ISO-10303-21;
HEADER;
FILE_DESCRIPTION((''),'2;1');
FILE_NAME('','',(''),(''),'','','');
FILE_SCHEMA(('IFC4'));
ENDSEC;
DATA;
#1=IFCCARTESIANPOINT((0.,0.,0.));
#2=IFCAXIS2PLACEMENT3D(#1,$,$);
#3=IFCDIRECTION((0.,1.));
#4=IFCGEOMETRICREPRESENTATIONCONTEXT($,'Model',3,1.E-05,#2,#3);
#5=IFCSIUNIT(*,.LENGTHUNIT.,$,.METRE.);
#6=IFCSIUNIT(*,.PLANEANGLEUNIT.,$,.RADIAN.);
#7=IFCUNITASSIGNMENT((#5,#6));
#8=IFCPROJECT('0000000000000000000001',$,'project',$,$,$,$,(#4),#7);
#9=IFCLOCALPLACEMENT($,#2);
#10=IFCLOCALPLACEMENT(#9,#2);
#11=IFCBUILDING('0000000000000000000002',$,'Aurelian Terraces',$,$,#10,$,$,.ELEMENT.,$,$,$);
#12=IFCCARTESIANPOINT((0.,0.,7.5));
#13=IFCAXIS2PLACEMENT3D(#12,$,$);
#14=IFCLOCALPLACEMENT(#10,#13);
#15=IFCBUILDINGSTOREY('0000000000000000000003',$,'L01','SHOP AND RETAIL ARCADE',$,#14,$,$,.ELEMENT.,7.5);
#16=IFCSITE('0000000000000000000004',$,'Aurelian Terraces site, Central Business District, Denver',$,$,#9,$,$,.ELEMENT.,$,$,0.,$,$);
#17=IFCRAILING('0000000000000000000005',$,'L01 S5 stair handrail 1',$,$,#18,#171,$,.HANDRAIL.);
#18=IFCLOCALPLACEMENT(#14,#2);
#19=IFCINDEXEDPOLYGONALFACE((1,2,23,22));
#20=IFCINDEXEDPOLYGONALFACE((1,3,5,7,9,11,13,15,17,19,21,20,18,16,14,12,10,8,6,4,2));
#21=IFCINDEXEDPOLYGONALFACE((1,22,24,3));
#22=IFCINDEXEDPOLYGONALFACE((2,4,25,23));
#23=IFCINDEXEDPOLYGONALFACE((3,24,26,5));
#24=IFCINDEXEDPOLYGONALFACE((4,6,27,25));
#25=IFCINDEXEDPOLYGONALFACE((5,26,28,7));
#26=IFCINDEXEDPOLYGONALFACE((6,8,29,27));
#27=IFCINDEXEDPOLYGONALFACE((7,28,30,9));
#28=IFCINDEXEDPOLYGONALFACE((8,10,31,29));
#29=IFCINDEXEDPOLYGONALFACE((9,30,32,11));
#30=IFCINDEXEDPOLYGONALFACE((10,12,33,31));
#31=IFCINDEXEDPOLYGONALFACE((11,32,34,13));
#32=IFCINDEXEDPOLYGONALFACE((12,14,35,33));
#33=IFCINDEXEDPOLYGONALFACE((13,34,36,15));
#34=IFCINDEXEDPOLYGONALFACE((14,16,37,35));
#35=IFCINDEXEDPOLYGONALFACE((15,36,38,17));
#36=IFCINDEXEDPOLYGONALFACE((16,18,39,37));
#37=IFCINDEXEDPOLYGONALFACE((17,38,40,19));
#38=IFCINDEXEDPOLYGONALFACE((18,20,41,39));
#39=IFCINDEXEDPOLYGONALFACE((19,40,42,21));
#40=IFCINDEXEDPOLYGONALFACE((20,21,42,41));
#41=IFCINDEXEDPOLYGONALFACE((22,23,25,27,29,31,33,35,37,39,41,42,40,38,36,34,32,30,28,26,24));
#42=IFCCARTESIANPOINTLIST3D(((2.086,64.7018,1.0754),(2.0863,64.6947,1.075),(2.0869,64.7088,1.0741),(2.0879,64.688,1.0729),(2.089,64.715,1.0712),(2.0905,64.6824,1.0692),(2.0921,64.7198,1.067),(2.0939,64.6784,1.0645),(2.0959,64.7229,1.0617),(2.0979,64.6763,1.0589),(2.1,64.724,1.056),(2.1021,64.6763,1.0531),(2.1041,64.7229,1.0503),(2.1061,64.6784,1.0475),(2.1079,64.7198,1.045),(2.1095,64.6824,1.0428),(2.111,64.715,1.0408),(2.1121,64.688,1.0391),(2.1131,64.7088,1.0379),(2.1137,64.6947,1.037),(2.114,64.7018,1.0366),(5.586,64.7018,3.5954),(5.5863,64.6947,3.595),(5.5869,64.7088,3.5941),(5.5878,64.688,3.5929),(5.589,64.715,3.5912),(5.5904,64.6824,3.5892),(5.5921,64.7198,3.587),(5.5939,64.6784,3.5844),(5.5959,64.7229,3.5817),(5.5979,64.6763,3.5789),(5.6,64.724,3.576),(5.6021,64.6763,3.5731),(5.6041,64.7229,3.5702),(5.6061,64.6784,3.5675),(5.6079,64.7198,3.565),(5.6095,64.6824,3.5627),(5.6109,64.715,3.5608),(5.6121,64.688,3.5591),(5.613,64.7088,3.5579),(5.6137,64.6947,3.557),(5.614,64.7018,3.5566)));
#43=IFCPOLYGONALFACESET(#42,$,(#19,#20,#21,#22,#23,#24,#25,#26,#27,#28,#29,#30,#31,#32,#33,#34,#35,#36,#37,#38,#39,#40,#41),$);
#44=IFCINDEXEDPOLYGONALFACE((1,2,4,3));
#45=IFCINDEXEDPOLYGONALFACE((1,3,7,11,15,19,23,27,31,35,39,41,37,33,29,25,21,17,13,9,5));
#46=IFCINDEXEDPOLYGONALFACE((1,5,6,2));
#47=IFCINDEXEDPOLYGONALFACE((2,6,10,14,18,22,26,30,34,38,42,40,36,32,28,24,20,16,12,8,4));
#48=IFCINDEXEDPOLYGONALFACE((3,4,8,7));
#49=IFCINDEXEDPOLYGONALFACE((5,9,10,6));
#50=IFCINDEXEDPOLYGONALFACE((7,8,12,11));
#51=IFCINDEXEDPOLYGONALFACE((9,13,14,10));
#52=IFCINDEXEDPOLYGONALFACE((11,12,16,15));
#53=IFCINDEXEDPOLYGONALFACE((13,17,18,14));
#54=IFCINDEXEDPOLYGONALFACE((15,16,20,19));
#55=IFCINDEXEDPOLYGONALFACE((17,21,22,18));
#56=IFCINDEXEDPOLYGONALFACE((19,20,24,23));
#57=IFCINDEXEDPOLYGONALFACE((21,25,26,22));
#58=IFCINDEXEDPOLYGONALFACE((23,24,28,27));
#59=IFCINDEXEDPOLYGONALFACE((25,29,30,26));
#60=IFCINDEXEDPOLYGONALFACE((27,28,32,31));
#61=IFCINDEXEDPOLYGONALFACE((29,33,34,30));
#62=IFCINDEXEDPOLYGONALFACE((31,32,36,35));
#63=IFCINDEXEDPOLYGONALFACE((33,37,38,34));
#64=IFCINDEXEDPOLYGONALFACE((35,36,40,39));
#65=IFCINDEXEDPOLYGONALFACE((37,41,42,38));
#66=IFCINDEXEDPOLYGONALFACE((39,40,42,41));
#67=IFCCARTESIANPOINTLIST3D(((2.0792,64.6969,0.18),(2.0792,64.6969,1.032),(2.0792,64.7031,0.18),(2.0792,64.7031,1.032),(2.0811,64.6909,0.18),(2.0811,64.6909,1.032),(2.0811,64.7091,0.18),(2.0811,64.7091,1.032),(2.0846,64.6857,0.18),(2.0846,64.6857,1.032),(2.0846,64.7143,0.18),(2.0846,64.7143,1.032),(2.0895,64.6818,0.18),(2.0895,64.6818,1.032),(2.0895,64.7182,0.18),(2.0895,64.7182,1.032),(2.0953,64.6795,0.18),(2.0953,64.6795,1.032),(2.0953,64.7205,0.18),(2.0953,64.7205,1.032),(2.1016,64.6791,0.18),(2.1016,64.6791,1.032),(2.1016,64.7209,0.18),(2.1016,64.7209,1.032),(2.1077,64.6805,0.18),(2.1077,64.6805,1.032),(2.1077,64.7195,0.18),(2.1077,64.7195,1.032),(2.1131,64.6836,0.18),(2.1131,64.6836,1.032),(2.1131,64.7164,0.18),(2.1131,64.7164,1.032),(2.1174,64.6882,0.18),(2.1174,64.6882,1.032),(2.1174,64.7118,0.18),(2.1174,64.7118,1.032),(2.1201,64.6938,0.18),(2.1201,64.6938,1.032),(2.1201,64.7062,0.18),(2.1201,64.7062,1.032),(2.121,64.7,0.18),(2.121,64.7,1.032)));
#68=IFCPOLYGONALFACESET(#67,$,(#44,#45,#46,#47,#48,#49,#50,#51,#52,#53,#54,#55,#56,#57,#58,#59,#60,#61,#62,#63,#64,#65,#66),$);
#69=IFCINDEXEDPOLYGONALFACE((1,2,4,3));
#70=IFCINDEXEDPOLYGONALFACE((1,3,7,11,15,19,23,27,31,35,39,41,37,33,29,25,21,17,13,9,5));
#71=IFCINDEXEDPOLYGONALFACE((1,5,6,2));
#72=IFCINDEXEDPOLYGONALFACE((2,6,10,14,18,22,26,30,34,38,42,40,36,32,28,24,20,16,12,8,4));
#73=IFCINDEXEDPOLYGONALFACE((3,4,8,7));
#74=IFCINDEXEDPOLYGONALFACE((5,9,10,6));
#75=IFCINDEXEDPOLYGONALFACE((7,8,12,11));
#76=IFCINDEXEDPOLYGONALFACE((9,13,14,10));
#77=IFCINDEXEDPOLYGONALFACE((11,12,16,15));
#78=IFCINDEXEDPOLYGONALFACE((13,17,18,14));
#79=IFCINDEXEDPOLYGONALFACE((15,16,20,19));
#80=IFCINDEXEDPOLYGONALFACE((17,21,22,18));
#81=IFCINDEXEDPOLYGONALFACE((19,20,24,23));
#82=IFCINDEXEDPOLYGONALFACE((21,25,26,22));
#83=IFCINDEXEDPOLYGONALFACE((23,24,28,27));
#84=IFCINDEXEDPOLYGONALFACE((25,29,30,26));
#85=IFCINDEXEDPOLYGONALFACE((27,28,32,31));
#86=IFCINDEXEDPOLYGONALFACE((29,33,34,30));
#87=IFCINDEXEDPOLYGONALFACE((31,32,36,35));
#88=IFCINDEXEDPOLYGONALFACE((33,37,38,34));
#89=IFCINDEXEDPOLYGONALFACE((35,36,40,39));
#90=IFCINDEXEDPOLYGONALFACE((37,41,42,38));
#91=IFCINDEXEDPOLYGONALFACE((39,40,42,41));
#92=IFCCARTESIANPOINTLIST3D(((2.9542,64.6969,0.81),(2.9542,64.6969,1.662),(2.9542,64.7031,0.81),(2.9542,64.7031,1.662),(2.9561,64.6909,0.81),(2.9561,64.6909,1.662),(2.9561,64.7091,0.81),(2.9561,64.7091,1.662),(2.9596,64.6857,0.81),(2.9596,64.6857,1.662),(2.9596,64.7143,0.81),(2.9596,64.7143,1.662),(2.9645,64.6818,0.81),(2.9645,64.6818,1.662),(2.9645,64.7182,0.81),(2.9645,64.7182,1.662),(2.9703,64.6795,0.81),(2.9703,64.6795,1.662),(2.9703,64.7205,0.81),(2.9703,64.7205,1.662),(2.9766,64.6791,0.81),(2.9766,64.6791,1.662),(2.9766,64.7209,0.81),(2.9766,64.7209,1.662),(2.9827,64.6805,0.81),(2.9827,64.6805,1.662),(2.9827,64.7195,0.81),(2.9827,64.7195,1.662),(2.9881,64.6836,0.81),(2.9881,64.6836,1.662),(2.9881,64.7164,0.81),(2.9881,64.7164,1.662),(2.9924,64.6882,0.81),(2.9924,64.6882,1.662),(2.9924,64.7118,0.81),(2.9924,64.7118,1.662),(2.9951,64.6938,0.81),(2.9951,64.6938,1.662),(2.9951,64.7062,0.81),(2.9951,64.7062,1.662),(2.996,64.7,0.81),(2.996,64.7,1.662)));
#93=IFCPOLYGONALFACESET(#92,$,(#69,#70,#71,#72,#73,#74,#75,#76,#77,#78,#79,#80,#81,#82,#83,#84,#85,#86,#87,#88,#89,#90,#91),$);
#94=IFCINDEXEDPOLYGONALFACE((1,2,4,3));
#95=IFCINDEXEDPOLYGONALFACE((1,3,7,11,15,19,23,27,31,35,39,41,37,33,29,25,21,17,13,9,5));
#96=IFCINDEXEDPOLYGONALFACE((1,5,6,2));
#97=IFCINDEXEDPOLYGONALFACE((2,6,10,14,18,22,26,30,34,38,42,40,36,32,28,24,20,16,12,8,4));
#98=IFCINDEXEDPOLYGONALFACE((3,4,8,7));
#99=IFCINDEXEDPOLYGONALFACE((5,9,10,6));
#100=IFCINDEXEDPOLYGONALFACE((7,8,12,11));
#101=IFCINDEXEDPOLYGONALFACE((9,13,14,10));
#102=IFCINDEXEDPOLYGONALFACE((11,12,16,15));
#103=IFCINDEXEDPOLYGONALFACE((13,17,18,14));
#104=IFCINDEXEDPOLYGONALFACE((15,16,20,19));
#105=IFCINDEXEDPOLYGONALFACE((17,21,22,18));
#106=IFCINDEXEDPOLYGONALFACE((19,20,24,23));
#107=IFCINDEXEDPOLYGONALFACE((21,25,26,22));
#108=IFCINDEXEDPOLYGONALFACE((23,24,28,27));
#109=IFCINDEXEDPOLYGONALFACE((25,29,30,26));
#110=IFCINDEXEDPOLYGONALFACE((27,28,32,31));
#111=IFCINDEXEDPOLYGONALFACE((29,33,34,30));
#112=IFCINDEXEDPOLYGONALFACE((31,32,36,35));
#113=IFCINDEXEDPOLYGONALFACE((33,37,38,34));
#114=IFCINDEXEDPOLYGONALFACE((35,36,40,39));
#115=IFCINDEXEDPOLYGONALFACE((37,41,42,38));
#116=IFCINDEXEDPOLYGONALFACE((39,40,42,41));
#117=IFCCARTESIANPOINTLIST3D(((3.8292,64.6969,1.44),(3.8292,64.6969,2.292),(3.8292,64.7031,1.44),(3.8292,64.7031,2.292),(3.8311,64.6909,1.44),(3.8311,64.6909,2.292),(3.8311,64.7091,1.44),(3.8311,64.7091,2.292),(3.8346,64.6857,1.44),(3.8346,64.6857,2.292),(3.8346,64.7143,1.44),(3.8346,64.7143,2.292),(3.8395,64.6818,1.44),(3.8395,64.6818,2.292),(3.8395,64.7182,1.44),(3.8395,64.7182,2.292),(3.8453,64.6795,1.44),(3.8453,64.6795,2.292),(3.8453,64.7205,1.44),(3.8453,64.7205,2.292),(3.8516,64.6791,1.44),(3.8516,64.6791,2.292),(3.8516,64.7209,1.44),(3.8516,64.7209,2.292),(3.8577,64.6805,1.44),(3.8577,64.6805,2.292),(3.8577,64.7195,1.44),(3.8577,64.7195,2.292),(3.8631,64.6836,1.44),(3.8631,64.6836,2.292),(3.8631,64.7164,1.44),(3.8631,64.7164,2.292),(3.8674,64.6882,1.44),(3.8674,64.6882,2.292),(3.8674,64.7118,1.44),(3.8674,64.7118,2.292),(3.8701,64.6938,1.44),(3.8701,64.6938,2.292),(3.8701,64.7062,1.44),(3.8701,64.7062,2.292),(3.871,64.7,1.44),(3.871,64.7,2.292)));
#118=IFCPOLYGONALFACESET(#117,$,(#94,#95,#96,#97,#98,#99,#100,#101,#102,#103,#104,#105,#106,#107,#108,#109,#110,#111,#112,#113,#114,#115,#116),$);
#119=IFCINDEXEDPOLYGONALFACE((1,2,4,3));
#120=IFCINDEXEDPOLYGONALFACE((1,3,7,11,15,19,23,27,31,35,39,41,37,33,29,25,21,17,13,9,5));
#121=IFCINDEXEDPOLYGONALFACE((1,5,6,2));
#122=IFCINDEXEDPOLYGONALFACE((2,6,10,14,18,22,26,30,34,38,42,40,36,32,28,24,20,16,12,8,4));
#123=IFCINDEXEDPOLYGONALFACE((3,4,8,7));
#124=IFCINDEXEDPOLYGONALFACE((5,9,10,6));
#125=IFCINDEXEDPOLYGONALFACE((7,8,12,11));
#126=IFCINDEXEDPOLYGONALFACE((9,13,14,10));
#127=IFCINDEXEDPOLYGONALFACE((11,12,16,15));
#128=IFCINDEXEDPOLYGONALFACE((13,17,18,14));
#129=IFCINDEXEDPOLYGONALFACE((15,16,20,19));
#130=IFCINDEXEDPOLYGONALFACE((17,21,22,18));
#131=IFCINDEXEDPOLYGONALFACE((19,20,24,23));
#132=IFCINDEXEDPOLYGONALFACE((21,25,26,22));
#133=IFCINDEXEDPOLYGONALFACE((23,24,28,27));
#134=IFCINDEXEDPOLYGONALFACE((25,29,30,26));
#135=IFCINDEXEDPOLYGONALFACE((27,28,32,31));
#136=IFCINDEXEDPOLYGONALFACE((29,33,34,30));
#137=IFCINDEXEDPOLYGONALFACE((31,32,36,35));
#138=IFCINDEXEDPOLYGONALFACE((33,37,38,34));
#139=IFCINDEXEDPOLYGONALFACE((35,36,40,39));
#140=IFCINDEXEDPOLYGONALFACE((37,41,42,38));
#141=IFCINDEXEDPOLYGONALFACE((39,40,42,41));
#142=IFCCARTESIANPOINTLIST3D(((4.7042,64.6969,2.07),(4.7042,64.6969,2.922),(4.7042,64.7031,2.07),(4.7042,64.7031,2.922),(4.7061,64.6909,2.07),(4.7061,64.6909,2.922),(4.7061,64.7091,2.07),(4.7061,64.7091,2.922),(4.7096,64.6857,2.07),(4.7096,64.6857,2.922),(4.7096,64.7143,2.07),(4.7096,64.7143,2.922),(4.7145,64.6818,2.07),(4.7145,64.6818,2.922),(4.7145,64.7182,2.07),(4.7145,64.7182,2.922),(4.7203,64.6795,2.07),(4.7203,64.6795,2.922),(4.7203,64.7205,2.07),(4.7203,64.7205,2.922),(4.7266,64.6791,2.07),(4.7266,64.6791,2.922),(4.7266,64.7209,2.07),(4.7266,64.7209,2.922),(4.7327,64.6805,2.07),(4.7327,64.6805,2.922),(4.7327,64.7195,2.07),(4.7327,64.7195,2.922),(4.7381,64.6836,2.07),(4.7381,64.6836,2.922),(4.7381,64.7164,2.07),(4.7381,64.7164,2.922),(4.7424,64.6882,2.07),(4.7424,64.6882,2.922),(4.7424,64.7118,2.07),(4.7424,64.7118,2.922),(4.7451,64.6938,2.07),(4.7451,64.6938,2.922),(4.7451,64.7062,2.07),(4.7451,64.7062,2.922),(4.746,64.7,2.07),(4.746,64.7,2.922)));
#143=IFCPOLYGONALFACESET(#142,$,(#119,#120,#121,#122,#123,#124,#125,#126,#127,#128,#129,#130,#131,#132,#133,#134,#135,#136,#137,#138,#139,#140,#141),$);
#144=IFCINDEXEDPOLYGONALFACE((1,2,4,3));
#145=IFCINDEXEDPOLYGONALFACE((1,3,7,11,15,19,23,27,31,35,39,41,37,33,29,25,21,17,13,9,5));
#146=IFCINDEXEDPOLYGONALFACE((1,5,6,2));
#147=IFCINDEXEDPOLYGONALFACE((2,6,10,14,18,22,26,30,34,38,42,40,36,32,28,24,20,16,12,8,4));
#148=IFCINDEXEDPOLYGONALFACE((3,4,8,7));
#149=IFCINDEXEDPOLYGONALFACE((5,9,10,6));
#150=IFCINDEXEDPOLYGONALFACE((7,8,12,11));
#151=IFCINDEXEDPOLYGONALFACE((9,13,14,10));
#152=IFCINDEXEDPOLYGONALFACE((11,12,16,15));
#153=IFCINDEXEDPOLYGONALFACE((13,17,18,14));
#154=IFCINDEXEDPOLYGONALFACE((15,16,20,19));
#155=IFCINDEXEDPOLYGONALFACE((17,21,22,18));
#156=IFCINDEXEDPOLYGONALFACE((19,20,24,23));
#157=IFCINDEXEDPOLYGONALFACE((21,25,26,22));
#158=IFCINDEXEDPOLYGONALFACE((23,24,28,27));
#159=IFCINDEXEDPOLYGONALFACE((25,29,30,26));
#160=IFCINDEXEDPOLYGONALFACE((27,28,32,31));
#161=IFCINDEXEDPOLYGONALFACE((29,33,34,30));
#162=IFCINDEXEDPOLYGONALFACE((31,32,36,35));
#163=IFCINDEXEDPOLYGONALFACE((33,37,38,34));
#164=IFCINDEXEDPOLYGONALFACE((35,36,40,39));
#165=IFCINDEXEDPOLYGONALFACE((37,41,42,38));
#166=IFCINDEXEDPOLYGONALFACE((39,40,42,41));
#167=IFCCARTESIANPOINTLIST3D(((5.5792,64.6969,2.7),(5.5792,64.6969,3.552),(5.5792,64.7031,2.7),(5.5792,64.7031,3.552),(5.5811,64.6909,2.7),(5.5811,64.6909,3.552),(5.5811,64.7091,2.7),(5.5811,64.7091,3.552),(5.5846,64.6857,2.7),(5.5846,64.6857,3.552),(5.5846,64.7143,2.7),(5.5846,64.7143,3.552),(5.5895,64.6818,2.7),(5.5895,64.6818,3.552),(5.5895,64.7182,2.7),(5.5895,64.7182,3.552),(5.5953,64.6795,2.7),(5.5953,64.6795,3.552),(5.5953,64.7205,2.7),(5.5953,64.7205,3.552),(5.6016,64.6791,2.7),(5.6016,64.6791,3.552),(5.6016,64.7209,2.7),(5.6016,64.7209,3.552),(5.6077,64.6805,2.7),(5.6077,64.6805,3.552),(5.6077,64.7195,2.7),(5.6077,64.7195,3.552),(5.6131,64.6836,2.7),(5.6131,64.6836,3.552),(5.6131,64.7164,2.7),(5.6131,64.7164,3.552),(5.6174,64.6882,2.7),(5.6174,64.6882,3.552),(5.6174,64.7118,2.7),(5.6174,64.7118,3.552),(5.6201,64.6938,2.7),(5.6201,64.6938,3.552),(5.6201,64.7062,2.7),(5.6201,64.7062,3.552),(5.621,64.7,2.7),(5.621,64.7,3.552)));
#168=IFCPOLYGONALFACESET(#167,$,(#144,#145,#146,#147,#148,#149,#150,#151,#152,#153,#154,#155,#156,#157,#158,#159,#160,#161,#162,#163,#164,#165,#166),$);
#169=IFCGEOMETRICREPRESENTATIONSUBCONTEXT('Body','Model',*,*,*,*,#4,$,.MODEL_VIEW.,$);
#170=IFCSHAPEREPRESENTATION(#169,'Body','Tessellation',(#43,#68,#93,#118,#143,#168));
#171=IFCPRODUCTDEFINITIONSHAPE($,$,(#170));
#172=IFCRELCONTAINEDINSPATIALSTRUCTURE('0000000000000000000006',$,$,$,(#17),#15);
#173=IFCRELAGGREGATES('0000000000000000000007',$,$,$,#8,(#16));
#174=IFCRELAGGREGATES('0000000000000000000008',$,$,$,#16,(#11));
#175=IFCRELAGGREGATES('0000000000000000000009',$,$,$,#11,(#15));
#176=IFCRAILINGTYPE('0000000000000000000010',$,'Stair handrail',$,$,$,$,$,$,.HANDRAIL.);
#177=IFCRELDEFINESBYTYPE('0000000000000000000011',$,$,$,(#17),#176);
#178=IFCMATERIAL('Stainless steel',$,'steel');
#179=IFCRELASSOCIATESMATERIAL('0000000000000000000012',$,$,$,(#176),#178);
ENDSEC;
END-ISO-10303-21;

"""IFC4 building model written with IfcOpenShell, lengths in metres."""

from ifc_helpers import new_model, si_unit, direction, frame, origin, origin_2d, place, context, subcontext, project, spatial, circle, extrude, source, transform, mapped, material, type_object, element, save


model = new_model("IFC4")

# Units and contexts
model_context = context("Model", 3, precision=1e-05, world=origin(), true_north=direction((0.0, 1.0)))
body_context = subcontext(model_context, "Body", "Model", "MODEL_VIEW")
ifc_project = project(units=[si_unit("LENGTHUNIT", "METRE"), si_unit("PLANEANGLEUNIT", "RADIAN")], contexts=[model_context])

# Site, building, storey
site_placement = place(None, origin())
site = spatial("IfcSite", under=ifc_project, at=site_placement, Name="Aurelian Terraces site, Central Business District, Denver", CompositionType="ELEMENT", RefElevation=0.0)
building_placement = place(site_placement, origin())
building = spatial("IfcBuilding", under=site, at=building_placement, Name="Aurelian Terraces", CompositionType="ELEMENT")
storey_placement = place(building_placement, frame((0.0, 0.0, 7.5)))
storey = spatial("IfcBuildingStorey", under=building, at=storey_placement, Name="L01", Description="SHOP AND RETAIL ARCADE", CompositionType="ELEMENT", Elevation=7.5)

# Railing
ifc_material_1 = material(Name="Stainless steel", Category="steel")
railing_type = type_object("IfcRailingType", Name="Stair handrail", PredefinedType="HANDRAIL", material=ifc_material_1)
shared_shape_1 = source(origin(), body_context, "Body", "SweptSolid", [
    extrude(circle(Radius=0.024, at=origin_2d()), frame((0.0, 0.0, 0.876), z_axis=(0.811534, 0.0, 0.584305), x_axis=(0.0, 1.0, 0.0)), (0.0, 0.0, 1.0), 4.3128),
    extrude(circle(Radius=0.021, at=origin_2d()), origin(), (0.0, 0.0, 1.0), 0.852),
    extrude(circle(Radius=0.021, at=origin_2d()), frame((0.875, 0.0, 0.63)), (0.0, 0.0, 1.0), 0.852),
    extrude(circle(Radius=0.021, at=origin_2d()), frame((1.75, 0.0, 1.26)), (0.0, 0.0, 1.0), 0.852),
    extrude(circle(Radius=0.021, at=origin_2d()), frame((2.625, 0.0, 1.89)), (0.0, 0.0, 1.0), 0.852),
    extrude(circle(Radius=0.021, at=origin_2d()), frame((3.5, 0.0, 2.52)), (0.0, 0.0, 1.0), 0.852),
])
railing_placement = place(storey_placement, frame((2.1, 64.7, 0.18)))
element("IfcRailing", 1, at=railing_placement, inside=storey, type_object=railing_type, Name="L01 S5 stair handrail 1", PredefinedType="HANDRAIL", context=body_context, shape_type="MappedRepresentation", body=[
    mapped(shared_shape_1, transform((0.0, 0.0, 0.0), scale=1.0)),
])

save(model, "model.ifc")
